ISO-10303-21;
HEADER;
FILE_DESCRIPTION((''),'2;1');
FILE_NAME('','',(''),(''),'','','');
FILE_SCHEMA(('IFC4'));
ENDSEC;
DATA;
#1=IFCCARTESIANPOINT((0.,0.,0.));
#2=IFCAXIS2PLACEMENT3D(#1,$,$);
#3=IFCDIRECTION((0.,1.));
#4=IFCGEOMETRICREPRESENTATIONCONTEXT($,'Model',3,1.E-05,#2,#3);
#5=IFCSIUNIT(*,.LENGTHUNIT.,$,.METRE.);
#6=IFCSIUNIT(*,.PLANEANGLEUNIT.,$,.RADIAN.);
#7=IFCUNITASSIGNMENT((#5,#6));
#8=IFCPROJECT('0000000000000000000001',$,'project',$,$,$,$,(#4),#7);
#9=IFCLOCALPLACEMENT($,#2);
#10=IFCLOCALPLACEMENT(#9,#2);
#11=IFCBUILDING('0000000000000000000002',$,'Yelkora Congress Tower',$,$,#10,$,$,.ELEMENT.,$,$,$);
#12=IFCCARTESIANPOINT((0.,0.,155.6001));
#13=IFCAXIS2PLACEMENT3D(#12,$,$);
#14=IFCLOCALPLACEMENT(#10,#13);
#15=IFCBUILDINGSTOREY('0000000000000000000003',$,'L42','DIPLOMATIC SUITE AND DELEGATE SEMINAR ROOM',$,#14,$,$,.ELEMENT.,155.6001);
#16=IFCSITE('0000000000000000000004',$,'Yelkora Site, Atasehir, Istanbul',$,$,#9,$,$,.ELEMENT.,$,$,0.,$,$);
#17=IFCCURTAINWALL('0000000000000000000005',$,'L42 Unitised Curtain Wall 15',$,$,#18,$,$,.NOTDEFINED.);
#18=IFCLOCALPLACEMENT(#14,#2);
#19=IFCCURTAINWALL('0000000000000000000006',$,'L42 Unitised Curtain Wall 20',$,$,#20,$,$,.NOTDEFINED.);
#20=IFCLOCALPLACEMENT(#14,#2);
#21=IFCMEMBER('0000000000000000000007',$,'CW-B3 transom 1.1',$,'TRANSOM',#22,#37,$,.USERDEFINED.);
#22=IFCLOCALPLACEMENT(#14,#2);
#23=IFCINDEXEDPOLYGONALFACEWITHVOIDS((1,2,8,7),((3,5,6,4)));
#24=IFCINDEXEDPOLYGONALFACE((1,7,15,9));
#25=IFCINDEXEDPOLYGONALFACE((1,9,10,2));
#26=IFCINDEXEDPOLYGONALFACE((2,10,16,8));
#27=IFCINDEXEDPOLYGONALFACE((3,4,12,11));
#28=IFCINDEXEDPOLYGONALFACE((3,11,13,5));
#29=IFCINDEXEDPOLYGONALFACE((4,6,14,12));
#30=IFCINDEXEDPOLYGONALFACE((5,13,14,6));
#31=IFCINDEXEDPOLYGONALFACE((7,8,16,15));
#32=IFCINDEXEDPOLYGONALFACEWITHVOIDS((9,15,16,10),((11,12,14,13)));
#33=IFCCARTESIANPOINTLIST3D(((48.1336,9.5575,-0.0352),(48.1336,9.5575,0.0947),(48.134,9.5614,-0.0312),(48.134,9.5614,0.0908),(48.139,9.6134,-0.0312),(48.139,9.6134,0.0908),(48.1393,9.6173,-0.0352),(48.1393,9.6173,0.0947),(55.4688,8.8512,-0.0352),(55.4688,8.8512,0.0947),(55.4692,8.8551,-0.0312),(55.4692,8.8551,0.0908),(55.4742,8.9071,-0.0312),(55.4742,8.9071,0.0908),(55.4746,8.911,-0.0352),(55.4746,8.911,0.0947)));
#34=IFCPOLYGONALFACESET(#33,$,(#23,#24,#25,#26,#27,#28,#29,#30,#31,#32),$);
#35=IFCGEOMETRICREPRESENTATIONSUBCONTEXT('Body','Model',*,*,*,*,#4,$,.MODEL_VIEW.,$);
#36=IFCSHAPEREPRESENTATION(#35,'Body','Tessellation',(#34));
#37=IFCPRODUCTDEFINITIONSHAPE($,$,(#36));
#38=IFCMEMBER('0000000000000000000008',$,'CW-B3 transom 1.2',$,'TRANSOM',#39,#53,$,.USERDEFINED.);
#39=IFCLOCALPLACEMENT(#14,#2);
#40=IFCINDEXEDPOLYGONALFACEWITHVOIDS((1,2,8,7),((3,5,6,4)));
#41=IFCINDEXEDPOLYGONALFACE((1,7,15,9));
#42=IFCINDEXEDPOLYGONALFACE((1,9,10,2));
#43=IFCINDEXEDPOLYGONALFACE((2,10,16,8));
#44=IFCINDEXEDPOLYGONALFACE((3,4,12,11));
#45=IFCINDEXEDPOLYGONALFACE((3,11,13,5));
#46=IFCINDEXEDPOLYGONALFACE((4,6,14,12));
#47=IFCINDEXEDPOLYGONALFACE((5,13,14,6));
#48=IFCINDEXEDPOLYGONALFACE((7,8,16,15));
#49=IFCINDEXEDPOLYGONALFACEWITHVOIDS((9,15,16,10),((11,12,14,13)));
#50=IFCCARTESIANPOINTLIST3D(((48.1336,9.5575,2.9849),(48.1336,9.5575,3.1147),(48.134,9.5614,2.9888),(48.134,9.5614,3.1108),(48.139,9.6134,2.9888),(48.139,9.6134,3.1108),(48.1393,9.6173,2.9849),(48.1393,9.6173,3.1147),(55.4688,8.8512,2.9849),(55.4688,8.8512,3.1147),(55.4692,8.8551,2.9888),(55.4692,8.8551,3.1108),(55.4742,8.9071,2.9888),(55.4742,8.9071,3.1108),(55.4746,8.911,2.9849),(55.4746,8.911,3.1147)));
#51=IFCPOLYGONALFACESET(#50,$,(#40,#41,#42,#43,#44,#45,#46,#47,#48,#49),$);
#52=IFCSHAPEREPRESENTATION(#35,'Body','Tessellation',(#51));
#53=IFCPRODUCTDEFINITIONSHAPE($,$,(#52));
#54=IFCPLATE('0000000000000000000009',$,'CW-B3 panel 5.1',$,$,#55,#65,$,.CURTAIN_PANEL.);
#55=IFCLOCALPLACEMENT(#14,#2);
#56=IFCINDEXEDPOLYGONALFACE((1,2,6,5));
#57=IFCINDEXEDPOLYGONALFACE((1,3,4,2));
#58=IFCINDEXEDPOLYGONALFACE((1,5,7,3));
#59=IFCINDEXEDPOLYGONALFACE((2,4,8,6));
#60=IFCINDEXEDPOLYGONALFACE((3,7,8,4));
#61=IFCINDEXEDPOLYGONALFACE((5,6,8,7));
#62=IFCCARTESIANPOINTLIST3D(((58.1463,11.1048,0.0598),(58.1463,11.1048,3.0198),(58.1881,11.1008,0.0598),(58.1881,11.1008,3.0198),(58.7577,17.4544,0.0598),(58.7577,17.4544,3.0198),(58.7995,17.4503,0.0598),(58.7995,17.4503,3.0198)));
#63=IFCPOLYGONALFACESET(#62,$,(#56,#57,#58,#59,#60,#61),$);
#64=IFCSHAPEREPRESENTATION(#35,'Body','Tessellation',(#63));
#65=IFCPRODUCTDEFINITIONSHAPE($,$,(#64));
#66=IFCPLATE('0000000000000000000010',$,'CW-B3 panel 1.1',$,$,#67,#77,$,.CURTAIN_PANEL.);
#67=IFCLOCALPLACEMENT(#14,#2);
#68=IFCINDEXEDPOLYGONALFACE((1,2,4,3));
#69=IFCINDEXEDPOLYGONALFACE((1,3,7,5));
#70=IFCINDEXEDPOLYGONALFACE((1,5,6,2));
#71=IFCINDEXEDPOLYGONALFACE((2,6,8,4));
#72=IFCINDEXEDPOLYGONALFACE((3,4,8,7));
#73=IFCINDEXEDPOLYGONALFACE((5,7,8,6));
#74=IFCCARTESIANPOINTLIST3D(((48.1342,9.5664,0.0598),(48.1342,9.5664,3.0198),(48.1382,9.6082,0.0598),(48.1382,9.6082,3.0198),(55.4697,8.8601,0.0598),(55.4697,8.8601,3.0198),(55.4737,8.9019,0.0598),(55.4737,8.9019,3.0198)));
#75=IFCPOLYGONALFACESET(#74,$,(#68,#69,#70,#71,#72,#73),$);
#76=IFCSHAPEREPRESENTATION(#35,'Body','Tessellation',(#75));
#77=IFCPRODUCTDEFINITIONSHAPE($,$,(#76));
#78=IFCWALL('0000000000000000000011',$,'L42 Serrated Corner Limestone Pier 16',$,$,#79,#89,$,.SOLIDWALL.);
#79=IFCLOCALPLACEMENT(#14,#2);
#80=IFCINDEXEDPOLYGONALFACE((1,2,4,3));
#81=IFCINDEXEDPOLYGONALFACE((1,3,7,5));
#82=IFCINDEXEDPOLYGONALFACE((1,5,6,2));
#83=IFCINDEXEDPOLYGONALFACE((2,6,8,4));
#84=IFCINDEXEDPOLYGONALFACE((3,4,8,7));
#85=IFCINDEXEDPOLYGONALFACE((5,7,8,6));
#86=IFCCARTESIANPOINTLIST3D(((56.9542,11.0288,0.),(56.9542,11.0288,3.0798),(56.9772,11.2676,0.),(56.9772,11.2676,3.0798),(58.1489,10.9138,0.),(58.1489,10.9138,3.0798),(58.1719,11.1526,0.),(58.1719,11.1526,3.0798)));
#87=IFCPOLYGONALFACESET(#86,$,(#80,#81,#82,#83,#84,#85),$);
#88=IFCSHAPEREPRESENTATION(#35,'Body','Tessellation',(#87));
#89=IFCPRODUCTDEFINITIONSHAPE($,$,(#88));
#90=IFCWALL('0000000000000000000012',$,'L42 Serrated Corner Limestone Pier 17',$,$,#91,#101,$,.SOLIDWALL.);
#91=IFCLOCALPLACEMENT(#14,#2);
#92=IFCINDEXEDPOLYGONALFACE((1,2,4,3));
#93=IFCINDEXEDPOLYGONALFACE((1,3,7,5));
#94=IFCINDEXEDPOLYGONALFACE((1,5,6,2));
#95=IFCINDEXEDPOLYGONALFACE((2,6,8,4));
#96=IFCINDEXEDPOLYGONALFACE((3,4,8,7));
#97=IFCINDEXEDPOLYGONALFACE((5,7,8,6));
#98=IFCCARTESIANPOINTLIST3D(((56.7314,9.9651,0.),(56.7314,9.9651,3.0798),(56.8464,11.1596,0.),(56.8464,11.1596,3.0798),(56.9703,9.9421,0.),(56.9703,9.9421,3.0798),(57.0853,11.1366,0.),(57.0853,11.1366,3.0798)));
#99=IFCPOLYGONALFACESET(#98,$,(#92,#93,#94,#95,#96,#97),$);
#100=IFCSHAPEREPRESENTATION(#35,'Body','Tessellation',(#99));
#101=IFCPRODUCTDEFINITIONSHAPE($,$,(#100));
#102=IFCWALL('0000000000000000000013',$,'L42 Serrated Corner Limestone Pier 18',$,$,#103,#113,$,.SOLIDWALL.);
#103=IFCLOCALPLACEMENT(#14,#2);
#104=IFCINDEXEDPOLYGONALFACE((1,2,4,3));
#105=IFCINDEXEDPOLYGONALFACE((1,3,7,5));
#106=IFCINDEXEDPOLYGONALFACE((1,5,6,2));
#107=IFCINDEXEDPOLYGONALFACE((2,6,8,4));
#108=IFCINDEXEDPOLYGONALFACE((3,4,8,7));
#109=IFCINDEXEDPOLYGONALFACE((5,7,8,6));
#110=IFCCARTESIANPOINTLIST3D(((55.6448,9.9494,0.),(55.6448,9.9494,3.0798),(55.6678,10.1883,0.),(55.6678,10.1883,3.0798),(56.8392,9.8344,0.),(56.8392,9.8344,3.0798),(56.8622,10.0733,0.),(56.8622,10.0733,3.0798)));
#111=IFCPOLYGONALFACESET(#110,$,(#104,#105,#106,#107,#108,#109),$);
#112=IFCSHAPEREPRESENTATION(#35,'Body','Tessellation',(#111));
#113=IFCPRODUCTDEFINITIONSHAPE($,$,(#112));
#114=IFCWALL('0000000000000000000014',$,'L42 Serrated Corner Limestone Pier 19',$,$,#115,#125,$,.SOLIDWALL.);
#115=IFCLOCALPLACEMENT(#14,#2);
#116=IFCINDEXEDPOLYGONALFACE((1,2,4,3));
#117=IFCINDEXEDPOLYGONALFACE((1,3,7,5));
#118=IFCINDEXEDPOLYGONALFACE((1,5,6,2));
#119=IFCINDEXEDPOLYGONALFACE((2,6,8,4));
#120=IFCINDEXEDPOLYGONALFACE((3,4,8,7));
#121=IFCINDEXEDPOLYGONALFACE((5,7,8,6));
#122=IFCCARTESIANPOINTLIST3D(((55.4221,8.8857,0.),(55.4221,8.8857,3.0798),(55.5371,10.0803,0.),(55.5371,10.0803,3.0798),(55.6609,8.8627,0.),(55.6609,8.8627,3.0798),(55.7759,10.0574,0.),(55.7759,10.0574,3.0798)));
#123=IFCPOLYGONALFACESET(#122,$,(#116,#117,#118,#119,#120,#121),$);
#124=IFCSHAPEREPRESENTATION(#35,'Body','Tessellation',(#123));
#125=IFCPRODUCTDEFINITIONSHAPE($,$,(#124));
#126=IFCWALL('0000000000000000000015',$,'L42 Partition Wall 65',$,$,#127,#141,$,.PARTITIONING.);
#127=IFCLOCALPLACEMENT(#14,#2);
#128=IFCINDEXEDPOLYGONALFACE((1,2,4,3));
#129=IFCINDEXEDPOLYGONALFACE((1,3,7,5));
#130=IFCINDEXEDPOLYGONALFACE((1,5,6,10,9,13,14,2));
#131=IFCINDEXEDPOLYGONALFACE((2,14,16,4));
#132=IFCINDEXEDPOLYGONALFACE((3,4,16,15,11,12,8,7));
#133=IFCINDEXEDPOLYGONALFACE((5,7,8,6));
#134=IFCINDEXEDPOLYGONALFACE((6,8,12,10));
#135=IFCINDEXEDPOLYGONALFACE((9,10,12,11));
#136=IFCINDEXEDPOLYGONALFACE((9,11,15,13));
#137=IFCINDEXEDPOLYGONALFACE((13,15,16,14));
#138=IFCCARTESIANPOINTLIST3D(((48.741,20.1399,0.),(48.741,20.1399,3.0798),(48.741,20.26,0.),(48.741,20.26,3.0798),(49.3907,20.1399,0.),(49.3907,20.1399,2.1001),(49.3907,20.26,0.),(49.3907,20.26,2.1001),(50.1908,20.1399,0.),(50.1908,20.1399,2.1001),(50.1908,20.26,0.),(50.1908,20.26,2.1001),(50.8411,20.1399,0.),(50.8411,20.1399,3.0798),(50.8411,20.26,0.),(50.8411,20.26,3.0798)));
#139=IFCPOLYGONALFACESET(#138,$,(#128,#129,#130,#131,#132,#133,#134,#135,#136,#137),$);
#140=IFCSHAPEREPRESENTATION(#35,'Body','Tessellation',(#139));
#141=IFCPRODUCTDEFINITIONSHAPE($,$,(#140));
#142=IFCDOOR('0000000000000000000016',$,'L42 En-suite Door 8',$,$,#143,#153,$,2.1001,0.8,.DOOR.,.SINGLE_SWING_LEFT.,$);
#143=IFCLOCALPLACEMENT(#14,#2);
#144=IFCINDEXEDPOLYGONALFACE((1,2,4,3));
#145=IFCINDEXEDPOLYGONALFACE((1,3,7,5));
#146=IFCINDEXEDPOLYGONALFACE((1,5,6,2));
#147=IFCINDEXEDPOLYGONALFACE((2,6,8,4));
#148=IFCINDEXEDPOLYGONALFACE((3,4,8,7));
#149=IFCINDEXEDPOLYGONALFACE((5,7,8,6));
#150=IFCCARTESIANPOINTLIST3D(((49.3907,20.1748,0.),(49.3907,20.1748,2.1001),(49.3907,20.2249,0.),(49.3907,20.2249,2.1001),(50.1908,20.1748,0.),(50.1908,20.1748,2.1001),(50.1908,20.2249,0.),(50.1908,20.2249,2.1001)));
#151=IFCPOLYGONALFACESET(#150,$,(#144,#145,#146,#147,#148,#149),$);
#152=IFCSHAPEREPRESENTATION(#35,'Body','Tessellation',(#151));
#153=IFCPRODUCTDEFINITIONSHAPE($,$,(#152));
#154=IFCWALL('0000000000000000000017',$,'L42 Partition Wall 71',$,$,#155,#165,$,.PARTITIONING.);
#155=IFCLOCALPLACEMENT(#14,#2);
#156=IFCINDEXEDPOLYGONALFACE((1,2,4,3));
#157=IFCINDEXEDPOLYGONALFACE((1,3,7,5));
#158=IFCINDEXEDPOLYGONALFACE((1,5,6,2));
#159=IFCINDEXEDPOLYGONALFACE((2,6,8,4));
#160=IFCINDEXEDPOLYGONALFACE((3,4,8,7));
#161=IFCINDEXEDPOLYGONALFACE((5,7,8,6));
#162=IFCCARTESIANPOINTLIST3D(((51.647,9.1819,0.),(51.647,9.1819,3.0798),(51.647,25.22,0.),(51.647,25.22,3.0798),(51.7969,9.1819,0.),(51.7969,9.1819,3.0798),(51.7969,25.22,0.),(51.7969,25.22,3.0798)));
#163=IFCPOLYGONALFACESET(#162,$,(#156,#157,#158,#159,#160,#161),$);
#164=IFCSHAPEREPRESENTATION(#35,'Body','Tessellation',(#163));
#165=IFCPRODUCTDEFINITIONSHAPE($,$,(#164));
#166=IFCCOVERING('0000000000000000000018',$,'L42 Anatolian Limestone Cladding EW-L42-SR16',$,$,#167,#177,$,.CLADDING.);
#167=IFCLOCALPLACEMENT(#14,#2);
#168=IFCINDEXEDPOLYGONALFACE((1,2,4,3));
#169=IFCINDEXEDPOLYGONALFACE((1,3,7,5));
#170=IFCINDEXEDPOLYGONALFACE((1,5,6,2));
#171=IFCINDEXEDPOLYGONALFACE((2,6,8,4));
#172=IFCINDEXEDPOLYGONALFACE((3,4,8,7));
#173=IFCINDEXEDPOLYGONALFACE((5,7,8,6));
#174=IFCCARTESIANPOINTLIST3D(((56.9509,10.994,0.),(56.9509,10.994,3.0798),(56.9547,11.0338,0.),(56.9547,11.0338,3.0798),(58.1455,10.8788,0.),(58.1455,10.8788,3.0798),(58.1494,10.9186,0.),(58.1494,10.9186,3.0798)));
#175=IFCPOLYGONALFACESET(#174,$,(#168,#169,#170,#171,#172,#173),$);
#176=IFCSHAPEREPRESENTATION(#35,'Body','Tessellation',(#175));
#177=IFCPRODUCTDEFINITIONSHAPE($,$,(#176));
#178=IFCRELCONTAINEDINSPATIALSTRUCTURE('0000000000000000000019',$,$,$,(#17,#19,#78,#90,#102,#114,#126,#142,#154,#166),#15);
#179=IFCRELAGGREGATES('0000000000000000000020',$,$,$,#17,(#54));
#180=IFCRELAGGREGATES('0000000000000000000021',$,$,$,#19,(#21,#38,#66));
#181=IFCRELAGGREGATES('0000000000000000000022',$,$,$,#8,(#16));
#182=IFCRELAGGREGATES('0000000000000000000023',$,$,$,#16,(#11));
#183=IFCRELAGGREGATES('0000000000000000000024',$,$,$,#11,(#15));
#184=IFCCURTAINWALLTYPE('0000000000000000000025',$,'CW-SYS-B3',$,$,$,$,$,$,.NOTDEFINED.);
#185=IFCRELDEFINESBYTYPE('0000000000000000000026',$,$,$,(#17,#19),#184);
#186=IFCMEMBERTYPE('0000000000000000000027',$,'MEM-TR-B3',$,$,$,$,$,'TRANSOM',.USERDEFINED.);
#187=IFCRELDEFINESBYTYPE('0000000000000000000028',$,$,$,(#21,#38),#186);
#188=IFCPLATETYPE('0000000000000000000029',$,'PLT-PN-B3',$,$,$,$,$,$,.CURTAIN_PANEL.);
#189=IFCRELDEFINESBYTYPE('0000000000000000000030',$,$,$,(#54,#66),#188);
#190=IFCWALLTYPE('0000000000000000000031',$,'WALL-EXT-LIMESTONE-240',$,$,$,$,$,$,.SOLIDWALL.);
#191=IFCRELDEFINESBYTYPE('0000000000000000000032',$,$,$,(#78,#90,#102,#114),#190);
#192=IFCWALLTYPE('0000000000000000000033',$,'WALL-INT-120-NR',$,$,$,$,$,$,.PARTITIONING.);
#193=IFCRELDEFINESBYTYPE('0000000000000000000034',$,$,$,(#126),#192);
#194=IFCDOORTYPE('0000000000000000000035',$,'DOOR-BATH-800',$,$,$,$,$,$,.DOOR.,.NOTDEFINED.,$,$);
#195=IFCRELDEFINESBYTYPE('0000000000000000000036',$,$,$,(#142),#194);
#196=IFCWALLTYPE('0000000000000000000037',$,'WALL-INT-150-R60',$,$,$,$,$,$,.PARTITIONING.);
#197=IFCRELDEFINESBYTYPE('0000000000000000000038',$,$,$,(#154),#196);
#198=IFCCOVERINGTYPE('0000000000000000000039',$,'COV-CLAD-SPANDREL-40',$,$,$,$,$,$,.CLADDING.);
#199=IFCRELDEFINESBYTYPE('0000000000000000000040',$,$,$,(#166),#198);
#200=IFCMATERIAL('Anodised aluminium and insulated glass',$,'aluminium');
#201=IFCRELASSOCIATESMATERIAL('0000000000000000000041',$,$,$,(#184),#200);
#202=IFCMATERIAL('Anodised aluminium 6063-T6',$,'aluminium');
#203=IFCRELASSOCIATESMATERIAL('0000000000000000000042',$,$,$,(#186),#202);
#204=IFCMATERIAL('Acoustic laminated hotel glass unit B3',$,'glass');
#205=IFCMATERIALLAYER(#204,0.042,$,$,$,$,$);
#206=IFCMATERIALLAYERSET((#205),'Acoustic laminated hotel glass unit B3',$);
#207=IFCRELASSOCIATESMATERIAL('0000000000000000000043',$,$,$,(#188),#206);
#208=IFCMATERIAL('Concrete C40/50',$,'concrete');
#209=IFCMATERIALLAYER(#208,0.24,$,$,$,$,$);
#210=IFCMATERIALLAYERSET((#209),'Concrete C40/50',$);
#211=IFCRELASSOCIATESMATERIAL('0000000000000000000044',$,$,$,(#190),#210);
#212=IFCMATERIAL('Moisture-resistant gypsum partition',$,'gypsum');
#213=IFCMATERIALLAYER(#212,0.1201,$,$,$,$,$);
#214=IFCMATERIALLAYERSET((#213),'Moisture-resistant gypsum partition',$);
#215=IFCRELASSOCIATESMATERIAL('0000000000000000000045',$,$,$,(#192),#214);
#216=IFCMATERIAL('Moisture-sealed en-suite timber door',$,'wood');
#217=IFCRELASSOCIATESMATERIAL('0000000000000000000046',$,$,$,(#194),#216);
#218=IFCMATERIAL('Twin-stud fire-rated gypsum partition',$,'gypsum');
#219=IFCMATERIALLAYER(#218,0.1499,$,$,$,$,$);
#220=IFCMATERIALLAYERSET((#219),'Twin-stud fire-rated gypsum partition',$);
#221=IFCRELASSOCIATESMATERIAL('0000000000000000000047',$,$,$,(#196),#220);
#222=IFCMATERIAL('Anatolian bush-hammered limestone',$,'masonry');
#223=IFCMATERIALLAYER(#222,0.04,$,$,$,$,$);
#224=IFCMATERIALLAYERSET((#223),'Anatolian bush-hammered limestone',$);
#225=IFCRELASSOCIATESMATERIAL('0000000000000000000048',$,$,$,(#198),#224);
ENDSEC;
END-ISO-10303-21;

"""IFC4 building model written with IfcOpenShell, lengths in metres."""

from ifc_helpers import new_model, si_unit, direction, frame, frame_2d, origin, origin_2d, place, context, subcontext, project, spatial, rectangle, hollow_rectangle, extrude, material, layer, layer_set, material_profile, profile_set, type_object, element, fill, aggregate, save


model = new_model("IFC4")

# Units and contexts
model_context = context("Model", 3, precision=1e-05, world=origin(), true_north=direction((0.0, 1.0)))
body_context = subcontext(model_context, "Body", "Model", "MODEL_VIEW")
ifc_project = project(units=[si_unit("LENGTHUNIT", "METRE"), si_unit("PLANEANGLEUNIT", "RADIAN")], contexts=[model_context])

# Site, building, storey
site_placement = place(None, origin())
site = spatial("IfcSite", under=ifc_project, at=site_placement, Name="Yelkora Site, Atasehir, Istanbul", CompositionType="ELEMENT", RefElevation=0.0)
building_placement = place(site_placement, origin())
building = spatial("IfcBuilding", under=site, at=building_placement, Name="Yelkora Congress Tower", CompositionType="ELEMENT")
storey_placement = place(building_placement, frame((0.0, 0.0, 155.6001)))
storey = spatial("IfcBuildingStorey", under=building, at=storey_placement, Name="L42", Description="DIPLOMATIC SUITE AND DELEGATE SEMINAR ROOM", CompositionType="ELEMENT", Elevation=155.6001)

# Curtain wall
ifc_material_1 = material(Name="Anodised aluminium and insulated glass", Category="aluminium")
curtain_wall_type = type_object("IfcCurtainWallType", Name="CW-SYS-B3", PredefinedType="NOTDEFINED", material=ifc_material_1)
curtain_wall_1_placement = place(storey_placement, origin())
curtain_wall_1 = element("IfcCurtainWall", 1, at=curtain_wall_1_placement, inside=storey, type_object=curtain_wall_type, Name="L42 Unitised Curtain Wall 15", PredefinedType="NOTDEFINED")
ifc_material_2 = material(Name="Anodised aluminium 6063-T6", Category="aluminium")

# Curtain wall
curtain_wall_2_placement = place(storey_placement, origin())
curtain_wall_2 = element("IfcCurtainWall", 2, at=curtain_wall_2_placement, inside=storey, type_object=curtain_wall_type, Name="L42 Unitised Curtain Wall 20", PredefinedType="NOTDEFINED")

# Members
ifc_material_profile_1 = material_profile(ifc_material_2, hollow_rectangle(XDim=0.0601, YDim=0.1299, WallThickness=0.0039, at=origin_2d()), Name="ALU 60x130x4")
ifc_profile_set_1 = profile_set([ifc_material_profile_1], Name="Anodised aluminium 6063-T6")
member_type_1 = type_object("IfcMemberType", Name="MEM-TR-B3", ElementType="TRANSOM", PredefinedType="USERDEFINED", material=ifc_profile_set_1)
member_1_placement = place(storey_placement, frame((55.4717, 8.8811, 0.0298), z_axis=(-0.995396, 0.095846, 0.0), x_axis=(-0.095846, -0.995396, 0.0)))
member_1 = element("IfcMember", 3, at=member_1_placement, type_object=member_type_1, Name="CW-B3 transom 1.1", ObjectType="TRANSOM", PredefinedType="USERDEFINED", context=body_context, shape_type="SweptSolid", body=[
    extrude(hollow_rectangle(XDim=0.0601, YDim=0.1299, WallThickness=0.0039, at=origin_2d()), origin(), (0.0, 0.0, 1.0), 7.3691),
])
member_2_placement = place(storey_placement, frame((55.4717, 8.8811, 3.0498), z_axis=(-0.995396, 0.095846, 0.0), x_axis=(-0.095846, -0.995396, 0.0)))
member_2 = element("IfcMember", 4, at=member_2_placement, type_object=member_type_1, Name="CW-B3 transom 1.2", ObjectType="TRANSOM", PredefinedType="USERDEFINED", context=body_context, shape_type="SweptSolid", body=[
    extrude(hollow_rectangle(XDim=0.0601, YDim=0.1299, WallThickness=0.0039, at=origin_2d()), origin(), (0.0, 0.0, 1.0), 7.3691),
])

# Plates
ifc_material_3 = material(Name="Acoustic laminated hotel glass unit B3", Category="glass")
ifc_layer_1 = layer(ifc_material_3, 0.042)
ifc_layer_set_1 = layer_set([ifc_layer_1], Name="Acoustic laminated hotel glass unit B3")
plate_type = type_object("IfcPlateType", Name="PLT-PN-B3", PredefinedType="CURTAIN_PANEL", material=ifc_layer_set_1)
plate_1_placement = place(storey_placement, frame((58.4729, 14.2776, 0.0598), z_axis=(0.0, 0.0, 1.0), x_axis=(-0.095842, -0.995397, 0.0)))
plate_1 = element("IfcPlate", 5, at=plate_1_placement, type_object=plate_type, Name="CW-B3 panel 5.1", PredefinedType="CURTAIN_PANEL", context=body_context, shape_type="SweptSolid", body=[
    extrude(rectangle(XDim=6.3789, YDim=0.042, at=origin_2d()), origin(), (0.0, 0.0, 1.0), 2.96),
])
aggregate(curtain_wall_1, [plate_1])
plate_2_placement = place(storey_placement, frame((51.804, 9.2341, 0.0598), z_axis=(0.0, 0.0, 1.0), x_axis=(-0.995396, 0.095845, 0.0)))
plate_2 = element("IfcPlate", 6, at=plate_2_placement, type_object=plate_type, Name="CW-B3 panel 1.1", PredefinedType="CURTAIN_PANEL", context=body_context, shape_type="SweptSolid", body=[
    extrude(rectangle(XDim=7.3694, YDim=0.042, at=origin_2d()), origin(), (0.0, 0.0, 1.0), 2.96),
])
aggregate(curtain_wall_2, [member_1, member_2, plate_2])

# Walls
ifc_material_4 = material(Name="Concrete C40/50", Category="concrete")
ifc_layer_2 = layer(ifc_material_4, 0.24)
ifc_layer_set_2 = layer_set([ifc_layer_2], Name="Concrete C40/50")
wall_type_1 = type_object("IfcWallType", Name="WALL-EXT-LIMESTONE-240", PredefinedType="SOLIDWALL", material=ifc_layer_set_2)
wall_1_placement = place(storey_placement, frame((58.1604, 11.0332, 0.0), z_axis=(0.0, 0.0, 1.0), x_axis=(-0.995399, 0.095817, 0.0)))
element("IfcWall", 7, at=wall_1_placement, inside=storey, type_object=wall_type_1, Name="L42 Serrated Corner Limestone Pier 16", PredefinedType="SOLIDWALL", context=body_context, shape_type="SweptSolid", body=[
    extrude(rectangle(XDim=1.2002, YDim=0.24, at=frame_2d((0.6001, 0.0))), origin(), (0.0, 0.0, 1.0), 3.0798),
])
for number, where, z_axis, x_axis, name in (
    (8, (56.9658, 11.1482, 0.0), (0.0, 0.0, 1.0), (-0.095836, -0.995397, 0.0), "L42 Serrated Corner Limestone Pier 17"),
    (9, (56.8508, 9.9539, 0.0), (0.0, 0.0, 1.0), (-0.995397, 0.095836, 0.0), "L42 Serrated Corner Limestone Pier 18"),
):
    element("IfcWall", number, at=place(storey_placement, frame(where, z_axis=z_axis, x_axis=x_axis)), inside=storey, type_object=wall_type_1, Name=name, PredefinedType="SOLIDWALL", context=body_context, shape_type="SweptSolid", body=[
        extrude(rectangle(XDim=1.2, YDim=0.24, at=frame_2d((0.6001, 0.0))), origin(), (0.0, 0.0, 1.0), 3.0798),
    ])
wall_2_placement = place(storey_placement, frame((55.6565, 10.0688, 0.0), z_axis=(0.0, 0.0, 1.0), x_axis=(-0.095817, -0.995399, 0.0)))
element("IfcWall", 10, at=wall_2_placement, inside=storey, type_object=wall_type_1, Name="L42 Serrated Corner Limestone Pier 19", PredefinedType="SOLIDWALL", context=body_context, shape_type="SweptSolid", body=[
    extrude(rectangle(XDim=1.2002, YDim=0.24, at=frame_2d((0.6001, 0.0))), origin(), (0.0, 0.0, 1.0), 3.0798),
])

# Wall, opening, door
ifc_material_5 = material(Name="Moisture-resistant gypsum partition", Category="gypsum")
ifc_layer_3 = layer(ifc_material_5, 0.1201)
ifc_layer_set_3 = layer_set([ifc_layer_3], Name="Moisture-resistant gypsum partition")
wall_type_2 = type_object("IfcWallType", Name="WALL-INT-120-NR", PredefinedType="PARTITIONING", material=ifc_layer_set_3)
wall_3_placement = place(storey_placement, frame((48.741, 20.2, 0.0), z_axis=(0.0, 0.0, 1.0), x_axis=(1.0, 0.0, 0.0)))
wall_3 = element("IfcWall", 11, at=wall_3_placement, inside=storey, type_object=wall_type_2, Name="L42 Partition Wall 65", PredefinedType="PARTITIONING", context=body_context, shape_type="SweptSolid", body=[
    extrude(rectangle(XDim=2.1001, YDim=0.1201, at=frame_2d((1.05, 0.0))), origin(), (0.0, 0.0, 1.0), 3.0798),
])
opening_placement = place(wall_3_placement, frame((0.6499, 0.0, 0.0)))
opening = element("IfcOpeningElement", 12, at=opening_placement, cuts=wall_3, PredefinedType="OPENING", context=body_context, shape_type="SweptSolid", body=[
    extrude(rectangle(XDim=0.8, YDim=2.1001, at=frame_2d((0.3999, 1.05))), frame((0.0, 0.0701, 0.0), z_axis=(0.0, -1.0, 0.0), x_axis=(1.0, 0.0, 0.0)), (0.0, 0.0, 1.0), 0.1401),
])
ifc_material_6 = material(Name="Moisture-sealed en-suite timber door", Category="wood")
door_type = type_object("IfcDoorType", Name="DOOR-BATH-800", OperationType="NOTDEFINED", PredefinedType="DOOR", material=ifc_material_6)
door_placement = place(opening_placement, origin())
door = element("IfcDoor", 13, at=door_placement, inside=storey, type_object=door_type, Name="L42 En-suite Door 8", OperationType="SINGLE_SWING_LEFT", OverallHeight=2.1001, OverallWidth=0.8, PredefinedType="DOOR", context=body_context, shape_type="SweptSolid", body=[
    extrude(rectangle(XDim=0.8, YDim=2.1001, at=frame_2d((0.3999, 1.05))), frame((0.0, 0.0249, 0.0), z_axis=(0.0, -1.0, 0.0), x_axis=(1.0, 0.0, 0.0)), (0.0, 0.0, 1.0), 0.05),
])
fill(opening, door)

# Wall
ifc_material_7 = material(Name="Twin-stud fire-rated gypsum partition", Category="gypsum")
ifc_layer_4 = layer(ifc_material_7, 0.1499)
ifc_layer_set_4 = layer_set([ifc_layer_4], Name="Twin-stud fire-rated gypsum partition")
wall_type_3 = type_object("IfcWallType", Name="WALL-INT-150-R60", PredefinedType="PARTITIONING", material=ifc_layer_set_4)
wall_4_placement = place(storey_placement, frame((51.7219, 9.1819, 0.0), z_axis=(0.0, 0.0, 1.0), x_axis=(0.0, 1.0, 0.0)))
element("IfcWall", 14, at=wall_4_placement, inside=storey, type_object=wall_type_3, Name="L42 Partition Wall 71", PredefinedType="PARTITIONING", context=body_context, shape_type="SweptSolid", body=[
    extrude(rectangle(XDim=16.0381, YDim=0.1499, at=frame_2d((8.019, 0.0))), origin(), (0.0, 0.0, 1.0), 3.0798),
])

# Covering
ifc_material_8 = material(Name="Anatolian bush-hammered limestone", Category="masonry")
ifc_layer_5 = layer(ifc_material_8, 0.04)
ifc_layer_set_5 = layer_set([ifc_layer_5], Name="Anatolian bush-hammered limestone")
covering_type = type_object("IfcCoveringType", Name="COV-CLAD-SPANDREL-40", PredefinedType="CLADDING", material=ifc_layer_set_5)
covering_1_placement = place(storey_placement, frame((58.1475, 10.8987, 0.0), z_axis=(0.0, 0.0, 1.0), x_axis=(-0.99538, 0.096019, 0.0)))
element("IfcCovering", 15, at=covering_1_placement, inside=storey, type_object=covering_type, Name="L42 Anatolian Limestone Cladding EW-L42-SR16", PredefinedType="CLADDING", context=body_context, shape_type="SweptSolid", body=[
    extrude(rectangle(XDim=1.2002, YDim=0.04, at=frame_2d((0.6001, 0.0))), origin(), (0.0, 0.0, 1.0), 3.0798),
])

save(model, "model.ifc")
